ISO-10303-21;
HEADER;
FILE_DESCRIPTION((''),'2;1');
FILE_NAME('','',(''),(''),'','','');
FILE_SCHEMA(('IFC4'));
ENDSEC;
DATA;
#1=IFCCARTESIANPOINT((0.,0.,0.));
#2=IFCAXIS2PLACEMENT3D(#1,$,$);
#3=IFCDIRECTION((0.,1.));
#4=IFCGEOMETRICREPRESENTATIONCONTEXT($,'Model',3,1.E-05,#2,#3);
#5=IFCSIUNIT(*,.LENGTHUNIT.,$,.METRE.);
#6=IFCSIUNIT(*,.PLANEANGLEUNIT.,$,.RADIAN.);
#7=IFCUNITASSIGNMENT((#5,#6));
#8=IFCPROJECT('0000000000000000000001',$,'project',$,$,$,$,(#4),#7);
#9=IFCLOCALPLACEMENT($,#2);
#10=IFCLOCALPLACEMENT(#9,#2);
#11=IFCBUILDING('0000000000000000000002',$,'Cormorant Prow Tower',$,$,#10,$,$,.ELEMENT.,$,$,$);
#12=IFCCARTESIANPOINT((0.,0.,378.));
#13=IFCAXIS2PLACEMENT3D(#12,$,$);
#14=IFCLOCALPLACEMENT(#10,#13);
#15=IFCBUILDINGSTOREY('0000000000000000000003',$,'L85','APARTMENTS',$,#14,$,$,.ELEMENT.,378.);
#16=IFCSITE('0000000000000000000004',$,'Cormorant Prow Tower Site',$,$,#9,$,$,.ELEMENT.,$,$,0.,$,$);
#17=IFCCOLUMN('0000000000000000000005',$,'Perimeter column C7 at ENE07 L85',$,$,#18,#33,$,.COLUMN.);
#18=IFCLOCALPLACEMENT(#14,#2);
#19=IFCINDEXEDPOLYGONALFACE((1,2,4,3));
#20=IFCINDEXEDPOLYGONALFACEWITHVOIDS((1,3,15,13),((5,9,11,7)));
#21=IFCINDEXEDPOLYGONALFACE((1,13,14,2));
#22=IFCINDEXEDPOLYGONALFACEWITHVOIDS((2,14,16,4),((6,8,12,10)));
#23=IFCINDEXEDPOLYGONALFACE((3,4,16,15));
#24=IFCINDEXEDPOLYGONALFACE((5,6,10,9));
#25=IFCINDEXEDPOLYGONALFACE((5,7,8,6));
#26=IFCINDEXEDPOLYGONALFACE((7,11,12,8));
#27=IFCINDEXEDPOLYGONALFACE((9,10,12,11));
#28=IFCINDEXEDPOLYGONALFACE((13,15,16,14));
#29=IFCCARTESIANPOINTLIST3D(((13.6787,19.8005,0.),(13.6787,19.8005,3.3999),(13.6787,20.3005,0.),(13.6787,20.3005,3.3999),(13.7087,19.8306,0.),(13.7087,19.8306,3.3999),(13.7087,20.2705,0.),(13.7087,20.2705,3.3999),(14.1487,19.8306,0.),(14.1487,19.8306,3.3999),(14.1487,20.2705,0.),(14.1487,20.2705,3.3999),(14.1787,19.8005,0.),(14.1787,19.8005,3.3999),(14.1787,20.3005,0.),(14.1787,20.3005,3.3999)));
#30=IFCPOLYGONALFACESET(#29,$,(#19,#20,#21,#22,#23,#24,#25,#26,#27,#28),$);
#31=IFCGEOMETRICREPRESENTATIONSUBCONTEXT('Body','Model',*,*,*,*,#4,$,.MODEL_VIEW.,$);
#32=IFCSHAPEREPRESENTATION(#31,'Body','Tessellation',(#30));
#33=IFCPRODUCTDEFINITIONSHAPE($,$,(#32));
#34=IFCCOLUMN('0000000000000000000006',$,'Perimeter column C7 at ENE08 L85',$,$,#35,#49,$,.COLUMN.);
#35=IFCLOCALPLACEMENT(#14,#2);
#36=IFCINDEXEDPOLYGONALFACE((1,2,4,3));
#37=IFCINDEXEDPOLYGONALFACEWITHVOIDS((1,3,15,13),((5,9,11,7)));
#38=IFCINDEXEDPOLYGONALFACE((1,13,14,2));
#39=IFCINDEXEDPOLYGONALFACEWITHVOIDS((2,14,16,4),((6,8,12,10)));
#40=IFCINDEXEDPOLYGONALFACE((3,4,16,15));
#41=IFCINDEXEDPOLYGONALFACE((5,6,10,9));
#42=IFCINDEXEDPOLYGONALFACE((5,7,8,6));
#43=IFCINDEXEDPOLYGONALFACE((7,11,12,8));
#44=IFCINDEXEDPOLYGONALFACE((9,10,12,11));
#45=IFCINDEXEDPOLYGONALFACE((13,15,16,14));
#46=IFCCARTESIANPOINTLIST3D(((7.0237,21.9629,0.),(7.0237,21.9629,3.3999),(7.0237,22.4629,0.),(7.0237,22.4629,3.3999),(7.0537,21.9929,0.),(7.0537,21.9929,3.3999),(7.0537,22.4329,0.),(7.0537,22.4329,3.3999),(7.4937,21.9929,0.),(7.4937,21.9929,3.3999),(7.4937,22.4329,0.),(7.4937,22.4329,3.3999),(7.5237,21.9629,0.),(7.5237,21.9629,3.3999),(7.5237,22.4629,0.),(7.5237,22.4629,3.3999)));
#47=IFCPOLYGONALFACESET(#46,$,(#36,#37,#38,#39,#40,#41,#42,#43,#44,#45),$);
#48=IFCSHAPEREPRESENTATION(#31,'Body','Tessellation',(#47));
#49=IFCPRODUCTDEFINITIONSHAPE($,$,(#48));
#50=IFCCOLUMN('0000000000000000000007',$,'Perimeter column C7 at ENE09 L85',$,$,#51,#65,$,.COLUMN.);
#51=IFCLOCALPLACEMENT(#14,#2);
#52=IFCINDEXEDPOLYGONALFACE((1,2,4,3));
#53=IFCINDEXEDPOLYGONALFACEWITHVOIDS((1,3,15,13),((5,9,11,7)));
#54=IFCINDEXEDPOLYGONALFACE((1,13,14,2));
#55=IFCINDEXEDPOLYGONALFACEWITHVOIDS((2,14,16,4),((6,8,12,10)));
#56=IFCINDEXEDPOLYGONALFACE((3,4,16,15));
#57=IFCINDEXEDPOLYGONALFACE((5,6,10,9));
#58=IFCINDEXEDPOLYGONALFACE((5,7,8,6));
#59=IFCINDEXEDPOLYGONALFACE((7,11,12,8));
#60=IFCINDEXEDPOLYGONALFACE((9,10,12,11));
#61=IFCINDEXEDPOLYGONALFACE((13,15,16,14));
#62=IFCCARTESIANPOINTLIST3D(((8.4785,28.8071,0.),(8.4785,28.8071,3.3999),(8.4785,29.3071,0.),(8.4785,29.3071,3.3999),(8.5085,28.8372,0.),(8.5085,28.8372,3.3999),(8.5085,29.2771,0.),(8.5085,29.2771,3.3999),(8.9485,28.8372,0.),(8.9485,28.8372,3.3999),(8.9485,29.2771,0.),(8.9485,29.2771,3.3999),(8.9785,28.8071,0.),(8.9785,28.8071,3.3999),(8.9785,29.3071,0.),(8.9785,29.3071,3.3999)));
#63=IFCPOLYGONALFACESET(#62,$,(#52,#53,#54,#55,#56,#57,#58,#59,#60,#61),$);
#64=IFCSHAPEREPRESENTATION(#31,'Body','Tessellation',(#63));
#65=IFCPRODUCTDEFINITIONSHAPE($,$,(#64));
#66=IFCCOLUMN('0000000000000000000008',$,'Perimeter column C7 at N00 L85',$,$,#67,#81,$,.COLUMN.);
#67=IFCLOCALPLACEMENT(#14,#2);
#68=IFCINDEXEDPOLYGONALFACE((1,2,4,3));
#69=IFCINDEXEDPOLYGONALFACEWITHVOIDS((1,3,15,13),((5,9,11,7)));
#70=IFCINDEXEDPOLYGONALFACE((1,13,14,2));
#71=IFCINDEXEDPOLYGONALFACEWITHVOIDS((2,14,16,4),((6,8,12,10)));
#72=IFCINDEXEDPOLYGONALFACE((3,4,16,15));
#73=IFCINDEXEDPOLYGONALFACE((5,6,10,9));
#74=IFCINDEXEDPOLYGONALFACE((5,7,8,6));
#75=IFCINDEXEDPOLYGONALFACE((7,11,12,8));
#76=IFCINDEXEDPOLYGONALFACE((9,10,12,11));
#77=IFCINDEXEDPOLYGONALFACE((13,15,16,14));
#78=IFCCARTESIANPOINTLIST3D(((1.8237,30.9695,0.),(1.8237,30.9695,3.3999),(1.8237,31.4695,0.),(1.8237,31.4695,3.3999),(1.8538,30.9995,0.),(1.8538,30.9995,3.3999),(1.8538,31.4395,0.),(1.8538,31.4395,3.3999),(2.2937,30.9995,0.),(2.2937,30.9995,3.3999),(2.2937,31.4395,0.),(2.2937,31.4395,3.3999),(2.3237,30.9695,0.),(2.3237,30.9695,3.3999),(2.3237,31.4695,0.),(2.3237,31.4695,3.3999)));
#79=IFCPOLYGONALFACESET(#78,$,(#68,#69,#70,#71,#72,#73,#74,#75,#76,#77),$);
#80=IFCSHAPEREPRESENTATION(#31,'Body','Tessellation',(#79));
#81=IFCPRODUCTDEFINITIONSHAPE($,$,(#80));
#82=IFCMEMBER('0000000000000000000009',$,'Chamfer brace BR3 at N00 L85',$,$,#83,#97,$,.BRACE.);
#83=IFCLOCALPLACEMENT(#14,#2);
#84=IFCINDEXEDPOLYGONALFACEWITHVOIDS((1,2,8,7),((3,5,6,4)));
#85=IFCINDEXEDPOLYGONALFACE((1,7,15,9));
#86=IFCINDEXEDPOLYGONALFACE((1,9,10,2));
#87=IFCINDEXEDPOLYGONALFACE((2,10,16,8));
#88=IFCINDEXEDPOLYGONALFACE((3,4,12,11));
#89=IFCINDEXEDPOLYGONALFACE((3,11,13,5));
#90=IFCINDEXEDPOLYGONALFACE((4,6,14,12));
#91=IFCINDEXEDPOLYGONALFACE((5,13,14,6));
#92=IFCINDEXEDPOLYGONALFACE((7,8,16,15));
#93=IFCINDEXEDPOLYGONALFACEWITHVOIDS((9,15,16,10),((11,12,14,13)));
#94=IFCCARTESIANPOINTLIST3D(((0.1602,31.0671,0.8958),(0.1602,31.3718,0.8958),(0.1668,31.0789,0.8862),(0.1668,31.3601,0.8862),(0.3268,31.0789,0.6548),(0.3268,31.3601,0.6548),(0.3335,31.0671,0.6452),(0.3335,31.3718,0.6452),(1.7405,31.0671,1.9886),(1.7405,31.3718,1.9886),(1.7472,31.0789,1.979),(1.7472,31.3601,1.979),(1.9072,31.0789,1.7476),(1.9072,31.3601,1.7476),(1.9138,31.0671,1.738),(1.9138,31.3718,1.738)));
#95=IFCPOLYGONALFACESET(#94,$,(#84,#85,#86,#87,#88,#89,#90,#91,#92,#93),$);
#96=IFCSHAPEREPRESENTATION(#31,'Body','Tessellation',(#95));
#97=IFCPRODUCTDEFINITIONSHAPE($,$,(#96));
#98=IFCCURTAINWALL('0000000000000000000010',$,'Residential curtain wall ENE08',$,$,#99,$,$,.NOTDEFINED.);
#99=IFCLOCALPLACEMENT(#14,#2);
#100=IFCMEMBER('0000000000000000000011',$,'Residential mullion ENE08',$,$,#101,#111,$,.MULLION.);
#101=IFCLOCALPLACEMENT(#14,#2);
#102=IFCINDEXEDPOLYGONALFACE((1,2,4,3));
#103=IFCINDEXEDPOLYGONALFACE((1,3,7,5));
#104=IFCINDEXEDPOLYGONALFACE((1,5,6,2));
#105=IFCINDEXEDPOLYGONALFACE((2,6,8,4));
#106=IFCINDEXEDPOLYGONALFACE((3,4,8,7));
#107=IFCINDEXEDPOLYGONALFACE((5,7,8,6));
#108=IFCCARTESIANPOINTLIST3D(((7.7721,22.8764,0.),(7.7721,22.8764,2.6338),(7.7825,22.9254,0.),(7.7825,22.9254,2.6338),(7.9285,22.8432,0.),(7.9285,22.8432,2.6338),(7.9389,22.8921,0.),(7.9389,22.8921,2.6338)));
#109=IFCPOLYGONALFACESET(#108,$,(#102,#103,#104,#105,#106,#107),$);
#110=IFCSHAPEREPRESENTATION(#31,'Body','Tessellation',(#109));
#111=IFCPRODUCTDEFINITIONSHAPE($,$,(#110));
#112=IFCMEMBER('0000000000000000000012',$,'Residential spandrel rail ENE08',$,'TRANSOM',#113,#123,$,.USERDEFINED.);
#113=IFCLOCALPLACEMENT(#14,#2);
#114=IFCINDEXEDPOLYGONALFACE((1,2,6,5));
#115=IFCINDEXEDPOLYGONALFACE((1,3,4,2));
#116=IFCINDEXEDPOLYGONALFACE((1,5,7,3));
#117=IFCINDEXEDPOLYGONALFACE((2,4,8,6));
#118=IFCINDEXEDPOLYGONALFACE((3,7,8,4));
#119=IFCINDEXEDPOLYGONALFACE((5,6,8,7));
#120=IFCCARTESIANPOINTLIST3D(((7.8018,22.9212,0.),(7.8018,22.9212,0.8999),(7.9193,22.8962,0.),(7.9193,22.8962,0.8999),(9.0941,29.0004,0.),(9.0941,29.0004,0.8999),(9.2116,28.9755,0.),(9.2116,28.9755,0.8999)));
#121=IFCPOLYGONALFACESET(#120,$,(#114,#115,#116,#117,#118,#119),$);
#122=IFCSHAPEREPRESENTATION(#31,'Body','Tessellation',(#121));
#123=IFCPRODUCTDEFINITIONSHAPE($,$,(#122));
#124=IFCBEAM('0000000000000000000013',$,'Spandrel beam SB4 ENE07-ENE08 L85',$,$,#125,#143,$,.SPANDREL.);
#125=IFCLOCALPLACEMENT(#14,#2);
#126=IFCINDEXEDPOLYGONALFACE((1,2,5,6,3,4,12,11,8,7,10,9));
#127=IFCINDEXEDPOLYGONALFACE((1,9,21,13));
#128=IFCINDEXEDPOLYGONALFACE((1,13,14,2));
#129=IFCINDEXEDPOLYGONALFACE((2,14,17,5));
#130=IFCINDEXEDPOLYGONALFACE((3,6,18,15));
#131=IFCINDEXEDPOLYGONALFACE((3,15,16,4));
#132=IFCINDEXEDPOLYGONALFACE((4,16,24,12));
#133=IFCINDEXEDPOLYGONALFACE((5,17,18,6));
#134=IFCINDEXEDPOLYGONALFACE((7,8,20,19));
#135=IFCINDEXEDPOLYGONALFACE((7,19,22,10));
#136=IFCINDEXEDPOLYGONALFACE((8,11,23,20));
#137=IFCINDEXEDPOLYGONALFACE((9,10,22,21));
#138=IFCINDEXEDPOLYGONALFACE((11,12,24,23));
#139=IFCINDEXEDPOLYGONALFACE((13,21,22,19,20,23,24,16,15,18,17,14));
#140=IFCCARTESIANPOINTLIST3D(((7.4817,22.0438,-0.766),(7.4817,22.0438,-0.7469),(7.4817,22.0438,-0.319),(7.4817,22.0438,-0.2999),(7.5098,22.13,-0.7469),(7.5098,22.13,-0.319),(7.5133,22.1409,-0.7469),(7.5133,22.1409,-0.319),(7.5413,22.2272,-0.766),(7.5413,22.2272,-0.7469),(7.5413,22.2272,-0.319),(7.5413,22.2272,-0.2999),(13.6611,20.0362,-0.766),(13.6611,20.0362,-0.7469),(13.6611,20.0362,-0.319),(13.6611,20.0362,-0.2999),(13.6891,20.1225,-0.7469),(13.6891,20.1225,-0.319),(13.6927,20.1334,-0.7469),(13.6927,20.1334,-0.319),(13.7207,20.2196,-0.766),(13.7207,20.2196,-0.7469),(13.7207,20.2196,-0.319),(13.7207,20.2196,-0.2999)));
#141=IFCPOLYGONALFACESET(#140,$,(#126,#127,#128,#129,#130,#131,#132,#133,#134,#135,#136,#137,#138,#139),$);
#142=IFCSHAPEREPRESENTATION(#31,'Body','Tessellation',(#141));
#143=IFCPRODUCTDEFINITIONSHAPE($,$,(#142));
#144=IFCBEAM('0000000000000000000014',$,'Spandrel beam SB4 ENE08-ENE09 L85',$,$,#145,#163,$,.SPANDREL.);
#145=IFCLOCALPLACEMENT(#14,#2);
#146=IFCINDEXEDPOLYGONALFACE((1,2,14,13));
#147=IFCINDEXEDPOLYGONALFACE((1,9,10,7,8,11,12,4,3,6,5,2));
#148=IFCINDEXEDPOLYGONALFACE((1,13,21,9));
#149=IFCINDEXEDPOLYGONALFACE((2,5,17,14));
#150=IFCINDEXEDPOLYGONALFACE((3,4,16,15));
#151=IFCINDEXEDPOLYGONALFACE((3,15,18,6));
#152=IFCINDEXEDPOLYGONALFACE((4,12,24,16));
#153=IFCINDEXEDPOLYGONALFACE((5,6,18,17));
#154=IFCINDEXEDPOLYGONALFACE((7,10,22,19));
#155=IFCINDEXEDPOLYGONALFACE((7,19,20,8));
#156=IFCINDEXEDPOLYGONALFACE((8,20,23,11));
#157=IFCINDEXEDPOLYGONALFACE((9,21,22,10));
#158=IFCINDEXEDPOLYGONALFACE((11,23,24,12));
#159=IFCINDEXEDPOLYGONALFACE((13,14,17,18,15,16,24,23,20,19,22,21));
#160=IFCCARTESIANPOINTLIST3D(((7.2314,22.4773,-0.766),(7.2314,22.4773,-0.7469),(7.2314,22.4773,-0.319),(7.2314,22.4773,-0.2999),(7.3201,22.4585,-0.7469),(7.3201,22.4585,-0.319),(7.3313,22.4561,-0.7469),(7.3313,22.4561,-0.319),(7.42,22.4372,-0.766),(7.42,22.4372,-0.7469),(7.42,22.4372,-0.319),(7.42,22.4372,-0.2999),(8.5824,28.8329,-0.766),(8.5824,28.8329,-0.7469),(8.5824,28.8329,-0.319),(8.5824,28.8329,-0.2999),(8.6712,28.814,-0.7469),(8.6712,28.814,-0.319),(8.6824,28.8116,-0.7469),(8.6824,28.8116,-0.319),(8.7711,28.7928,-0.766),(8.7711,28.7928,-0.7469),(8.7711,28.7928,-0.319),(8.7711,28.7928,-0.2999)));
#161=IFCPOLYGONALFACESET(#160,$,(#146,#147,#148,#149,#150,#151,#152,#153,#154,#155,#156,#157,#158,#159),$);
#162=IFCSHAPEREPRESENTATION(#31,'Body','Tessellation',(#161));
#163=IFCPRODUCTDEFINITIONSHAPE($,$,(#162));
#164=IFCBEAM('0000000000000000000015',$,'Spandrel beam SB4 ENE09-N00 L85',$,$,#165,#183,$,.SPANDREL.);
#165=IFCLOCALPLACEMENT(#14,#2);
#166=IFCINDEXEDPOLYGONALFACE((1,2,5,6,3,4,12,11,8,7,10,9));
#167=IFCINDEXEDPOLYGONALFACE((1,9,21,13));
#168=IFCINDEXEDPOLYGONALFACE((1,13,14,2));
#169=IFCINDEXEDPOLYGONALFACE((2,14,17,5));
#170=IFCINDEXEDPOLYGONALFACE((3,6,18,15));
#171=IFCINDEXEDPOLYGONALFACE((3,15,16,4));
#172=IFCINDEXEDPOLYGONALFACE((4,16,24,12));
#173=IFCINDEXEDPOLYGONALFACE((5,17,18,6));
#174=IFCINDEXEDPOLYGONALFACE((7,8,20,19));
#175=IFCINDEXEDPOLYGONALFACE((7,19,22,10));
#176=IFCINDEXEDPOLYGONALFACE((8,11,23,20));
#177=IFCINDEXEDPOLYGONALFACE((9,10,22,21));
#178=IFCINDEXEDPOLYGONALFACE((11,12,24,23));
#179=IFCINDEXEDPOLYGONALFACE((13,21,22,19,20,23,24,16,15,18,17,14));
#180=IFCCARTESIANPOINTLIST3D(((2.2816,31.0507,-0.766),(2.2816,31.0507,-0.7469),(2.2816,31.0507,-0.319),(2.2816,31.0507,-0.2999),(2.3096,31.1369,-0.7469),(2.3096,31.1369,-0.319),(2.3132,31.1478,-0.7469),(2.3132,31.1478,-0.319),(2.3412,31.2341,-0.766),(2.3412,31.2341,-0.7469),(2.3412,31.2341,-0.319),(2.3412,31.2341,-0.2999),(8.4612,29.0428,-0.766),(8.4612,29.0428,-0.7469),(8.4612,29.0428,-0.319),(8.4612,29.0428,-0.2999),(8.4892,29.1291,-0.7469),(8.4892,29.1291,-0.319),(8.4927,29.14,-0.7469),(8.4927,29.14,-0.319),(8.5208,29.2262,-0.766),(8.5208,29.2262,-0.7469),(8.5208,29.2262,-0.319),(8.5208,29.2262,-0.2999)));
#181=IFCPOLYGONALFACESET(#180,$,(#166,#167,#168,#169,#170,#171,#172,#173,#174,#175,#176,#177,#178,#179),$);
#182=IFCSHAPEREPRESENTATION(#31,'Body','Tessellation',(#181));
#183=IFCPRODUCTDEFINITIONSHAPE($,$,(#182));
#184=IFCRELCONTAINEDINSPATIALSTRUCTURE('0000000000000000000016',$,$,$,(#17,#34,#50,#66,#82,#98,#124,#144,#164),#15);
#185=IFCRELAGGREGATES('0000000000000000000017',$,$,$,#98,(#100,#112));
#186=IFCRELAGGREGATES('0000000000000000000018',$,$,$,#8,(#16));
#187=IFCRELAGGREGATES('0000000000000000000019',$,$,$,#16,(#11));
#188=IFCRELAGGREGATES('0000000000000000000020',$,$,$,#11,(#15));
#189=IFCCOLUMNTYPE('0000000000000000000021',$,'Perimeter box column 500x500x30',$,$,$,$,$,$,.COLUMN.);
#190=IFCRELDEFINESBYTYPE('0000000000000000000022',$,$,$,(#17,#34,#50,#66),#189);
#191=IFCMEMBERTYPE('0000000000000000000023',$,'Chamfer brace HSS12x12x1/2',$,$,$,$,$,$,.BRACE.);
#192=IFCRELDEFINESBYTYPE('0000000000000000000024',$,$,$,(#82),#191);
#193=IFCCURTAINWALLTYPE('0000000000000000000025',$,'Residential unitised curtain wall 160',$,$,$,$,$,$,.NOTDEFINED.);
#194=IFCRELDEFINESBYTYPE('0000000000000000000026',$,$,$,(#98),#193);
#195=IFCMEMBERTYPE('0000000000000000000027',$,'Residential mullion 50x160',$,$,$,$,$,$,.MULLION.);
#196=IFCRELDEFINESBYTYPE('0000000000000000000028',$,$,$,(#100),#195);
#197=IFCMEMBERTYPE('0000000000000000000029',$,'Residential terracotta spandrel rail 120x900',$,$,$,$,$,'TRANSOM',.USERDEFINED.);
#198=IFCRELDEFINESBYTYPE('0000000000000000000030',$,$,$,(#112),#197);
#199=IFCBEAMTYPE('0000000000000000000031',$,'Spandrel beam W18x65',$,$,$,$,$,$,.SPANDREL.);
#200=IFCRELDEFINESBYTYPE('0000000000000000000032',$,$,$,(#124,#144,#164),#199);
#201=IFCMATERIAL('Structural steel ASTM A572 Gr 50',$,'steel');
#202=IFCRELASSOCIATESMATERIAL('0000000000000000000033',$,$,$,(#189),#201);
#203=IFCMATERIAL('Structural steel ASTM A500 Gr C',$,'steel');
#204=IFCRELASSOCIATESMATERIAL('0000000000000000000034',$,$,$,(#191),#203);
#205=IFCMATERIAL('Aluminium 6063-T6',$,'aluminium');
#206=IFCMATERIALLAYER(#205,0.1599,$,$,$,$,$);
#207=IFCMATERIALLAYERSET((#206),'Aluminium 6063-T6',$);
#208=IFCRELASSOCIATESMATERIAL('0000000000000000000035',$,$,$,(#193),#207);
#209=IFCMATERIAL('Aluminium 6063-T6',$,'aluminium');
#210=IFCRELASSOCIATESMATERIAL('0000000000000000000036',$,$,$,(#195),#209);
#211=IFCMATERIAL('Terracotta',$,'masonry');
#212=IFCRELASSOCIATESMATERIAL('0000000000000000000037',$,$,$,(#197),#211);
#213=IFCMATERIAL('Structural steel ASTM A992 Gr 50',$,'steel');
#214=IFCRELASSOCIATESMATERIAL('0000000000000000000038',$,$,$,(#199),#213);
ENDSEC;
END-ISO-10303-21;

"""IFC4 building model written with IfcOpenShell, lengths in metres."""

from ifc_helpers import new_model, si_unit, direction, frame, origin, origin_2d, place, context, subcontext, project, spatial, rectangle, hollow_rectangle, i_section, extrude, material, layer, layer_set, material_profile, profile_set, type_object, element, aggregate, save


model = new_model("IFC4")

# Units and contexts
model_context = context("Model", 3, precision=1e-05, world=origin(), true_north=direction((0.0, 1.0)))
body_context = subcontext(model_context, "Body", "Model", "MODEL_VIEW")
ifc_project = project(units=[si_unit("LENGTHUNIT", "METRE"), si_unit("PLANEANGLEUNIT", "RADIAN")], contexts=[model_context])

# Site, building, storey
site_placement = place(None, origin())
site = spatial("IfcSite", under=ifc_project, at=site_placement, Name="Cormorant Prow Tower Site", CompositionType="ELEMENT", RefElevation=0.0)
building_placement = place(site_placement, origin())
building = spatial("IfcBuilding", under=site, at=building_placement, Name="Cormorant Prow Tower", CompositionType="ELEMENT")
storey_placement = place(building_placement, frame((0.0, 0.0, 378.0)))
storey = spatial("IfcBuildingStorey", under=building, at=storey_placement, Name="L85", Description="APARTMENTS", CompositionType="ELEMENT", Elevation=378.0)

# Columns
ifc_material_1 = material(Name="Structural steel ASTM A572 Gr 50", Category="steel")
ifc_material_profile_1 = material_profile(ifc_material_1, hollow_rectangle(XDim=0.5, YDim=0.5, WallThickness=0.03, at=origin_2d()), Name="Box 500x500x30")
ifc_profile_set_1 = profile_set([ifc_material_profile_1], Name="Structural steel ASTM A572 Gr 50")
column_type = type_object("IfcColumnType", Name="Perimeter box column 500x500x30", PredefinedType="COLUMN", material=ifc_profile_set_1)
for number, where, z_axis, x_axis, name in (
    (1, (13.9287, 20.0505, 0.0), (0.0, 0.0, 1.0), (1.0, 0.0, 0.0), "Perimeter column C7 at ENE07 L85"),
    (2, (7.2737, 22.2129, 0.0), (0.0, 0.0, 1.0), (1.0, 0.0, 0.0), "Perimeter column C7 at ENE08 L85"),
    (3, (8.7285, 29.0571, 0.0), (0.0, 0.0, 1.0), (1.0, 0.0, 0.0), "Perimeter column C7 at ENE09 L85"),
    (4, (2.0737, 31.2195, 0.0), (0.0, 0.0, 1.0), (1.0, 0.0, 0.0), "Perimeter column C7 at N00 L85"),
):
    element("IfcColumn", number, at=place(storey_placement, frame(where, z_axis=z_axis, x_axis=x_axis)), inside=storey, type_object=column_type, Name=name, PredefinedType="COLUMN", context=body_context, shape_type="SweptSolid", body=[
        extrude(hollow_rectangle(XDim=0.5, YDim=0.5, WallThickness=0.03, at=origin_2d()), origin(), (0.0, 0.0, 1.0), 3.3999),
    ])

# Member
ifc_material_2 = material(Name="Structural steel ASTM A500 Gr C", Category="steel")
ifc_material_profile_2 = material_profile(ifc_material_2, hollow_rectangle(XDim=0.3047, YDim=0.3047, WallThickness=0.0117, at=origin_2d()), Name="HSS12x12x1/2")
ifc_profile_set_2 = profile_set([ifc_material_profile_2], Name="Structural steel ASTM A500 Gr C")
member_type_1 = type_object("IfcMemberType", Name="Chamfer brace HSS12x12x1/2", PredefinedType="BRACE", material=ifc_profile_set_2)
member_1_placement = place(storey_placement, frame((0.2468, 31.2195, 0.7705), z_axis=(0.822508, 0.0, 0.568754), x_axis=(0.0, 1.0, 0.0)))
element("IfcMember", 5, at=member_1_placement, inside=storey, type_object=member_type_1, Name="Chamfer brace BR3 at N00 L85", PredefinedType="BRACE", context=body_context, shape_type="SweptSolid", body=[
    extrude(hollow_rectangle(XDim=0.3047, YDim=0.3047, WallThickness=0.0117, at=origin_2d()), origin(), (0.0, 0.0, 1.0), 1.9214),
])

# Curtain wall, members
ifc_material_3 = material(Name="Aluminium 6063-T6", Category="aluminium")
ifc_layer_1 = layer(ifc_material_3, 0.1599)
ifc_layer_set_1 = layer_set([ifc_layer_1], Name="Aluminium 6063-T6")
curtain_wall_type = type_object("IfcCurtainWallType", Name="Residential unitised curtain wall 160", PredefinedType="NOTDEFINED", material=ifc_layer_set_1)
curtain_wall_placement = place(storey_placement, origin())
curtain_wall = element("IfcCurtainWall", 6, at=curtain_wall_placement, inside=storey, type_object=curtain_wall_type, Name="Residential curtain wall ENE08", PredefinedType="NOTDEFINED")
ifc_material_4 = material(Name="Aluminium 6063-T6", Category="aluminium")
ifc_material_profile_3 = material_profile(ifc_material_4, rectangle(XDim=0.1599, YDim=0.05, at=origin_2d()), Name="Residential mullion 50x160")
ifc_profile_set_3 = profile_set([ifc_material_profile_3], Name="Aluminium 6063-T6")
member_type_2 = type_object("IfcMemberType", Name="Residential mullion 50x160", PredefinedType="MULLION", material=ifc_profile_set_3)
member_2_placement = place(storey_placement, frame((7.8555, 22.8843, 0.0), z_axis=(0.0, 0.0, 1.0), x_axis=(-0.978148, 0.207912, 0.0)))
member_2 = element("IfcMember", 7, at=member_2_placement, type_object=member_type_2, Name="Residential mullion ENE08", PredefinedType="MULLION", context=body_context, shape_type="SweptSolid", body=[
    extrude(rectangle(XDim=0.1599, YDim=0.05, at=origin_2d()), origin(), (0.0, 0.0, 1.0), 2.6338),
])
ifc_material_5 = material(Name="Terracotta", Category="masonry")
ifc_material_profile_4 = material_profile(ifc_material_5, rectangle(XDim=0.1201, YDim=0.8999, at=origin_2d()), Name="Residential terracotta spandrel rail 120x900")
ifc_profile_set_4 = profile_set([ifc_material_profile_4], Name="Terracotta")
member_type_3 = type_object("IfcMemberType", Name="Residential terracotta spandrel rail 120x900", ElementType="TRANSOM", PredefinedType="USERDEFINED", material=ifc_profile_set_4)
member_3_placement = place(storey_placement, frame((7.8606, 22.9087, 0.45), z_axis=(0.207917, 0.978147, 0.0), x_axis=(-0.978147, 0.207917, 0.0)))
member_3 = element("IfcMember", 8, at=member_3_placement, type_object=member_type_3, Name="Residential spandrel rail ENE08", ObjectType="TRANSOM", PredefinedType="USERDEFINED", context=body_context, shape_type="SweptSolid", body=[
    extrude(rectangle(XDim=0.1201, YDim=0.8999, at=origin_2d()), origin(), (0.0, 0.0, 1.0), 6.2151),
])

# Beams
ifc_material_6 = material(Name="Structural steel ASTM A992 Gr 50", Category="steel")
ifc_material_profile_5 = material_profile(ifc_material_6, i_section(OverallWidth=0.1929, OverallDepth=0.4661, WebThickness=0.0115, FlangeThickness=0.019, at=origin_2d()), Name="W18x65")
ifc_profile_set_5 = profile_set([ifc_material_profile_5], Name="Structural steel ASTM A992 Gr 50")
beam_type = type_object("IfcBeamType", Name="Spandrel beam W18x65", PredefinedType="SPANDREL", material=ifc_profile_set_5)
beam_1_placement = place(storey_placement, frame((13.6909, 20.1279, -0.533), z_axis=(-0.951068, 0.308982, 0.0), x_axis=(-0.308982, -0.951068, 0.0)))
element("IfcBeam", 9, at=beam_1_placement, inside=storey, type_object=beam_type, Name="Spandrel beam SB4 ENE07-ENE08 L85", PredefinedType="SPANDREL", context=body_context, shape_type="SweptSolid", body=[
    extrude(i_section(OverallWidth=0.1929, OverallDepth=0.4661, WebThickness=0.0115, FlangeThickness=0.019, at=origin_2d()), origin(), (0.0, 0.0, 1.0), 6.4973),
])
for number, where, z_axis, x_axis, name in (
    (10, (7.3257, 22.4573, -0.533), (0.207938, 0.978142, 0.0), (-0.978142, 0.207938, 0.0), "Spandrel beam SB4 ENE08-ENE09 L85"),
    (11, (8.491, 29.1345, -0.533), (-0.951057, 0.309016, 0.0), (-0.309016, -0.951057, 0.0), "Spandrel beam SB4 ENE09-N00 L85"),
):
    element("IfcBeam", number, at=place(storey_placement, frame(where, z_axis=z_axis, x_axis=x_axis)), inside=storey, type_object=beam_type, Name=name, PredefinedType="SPANDREL", context=body_context, shape_type="SweptSolid", body=[
        extrude(i_section(OverallWidth=0.1929, OverallDepth=0.4661, WebThickness=0.0115, FlangeThickness=0.019, at=origin_2d()), origin(), (0.0, 0.0, 1.0), 6.4976),
    ])

aggregate(curtain_wall, [member_2, member_3])

save(model, "model.ifc")
